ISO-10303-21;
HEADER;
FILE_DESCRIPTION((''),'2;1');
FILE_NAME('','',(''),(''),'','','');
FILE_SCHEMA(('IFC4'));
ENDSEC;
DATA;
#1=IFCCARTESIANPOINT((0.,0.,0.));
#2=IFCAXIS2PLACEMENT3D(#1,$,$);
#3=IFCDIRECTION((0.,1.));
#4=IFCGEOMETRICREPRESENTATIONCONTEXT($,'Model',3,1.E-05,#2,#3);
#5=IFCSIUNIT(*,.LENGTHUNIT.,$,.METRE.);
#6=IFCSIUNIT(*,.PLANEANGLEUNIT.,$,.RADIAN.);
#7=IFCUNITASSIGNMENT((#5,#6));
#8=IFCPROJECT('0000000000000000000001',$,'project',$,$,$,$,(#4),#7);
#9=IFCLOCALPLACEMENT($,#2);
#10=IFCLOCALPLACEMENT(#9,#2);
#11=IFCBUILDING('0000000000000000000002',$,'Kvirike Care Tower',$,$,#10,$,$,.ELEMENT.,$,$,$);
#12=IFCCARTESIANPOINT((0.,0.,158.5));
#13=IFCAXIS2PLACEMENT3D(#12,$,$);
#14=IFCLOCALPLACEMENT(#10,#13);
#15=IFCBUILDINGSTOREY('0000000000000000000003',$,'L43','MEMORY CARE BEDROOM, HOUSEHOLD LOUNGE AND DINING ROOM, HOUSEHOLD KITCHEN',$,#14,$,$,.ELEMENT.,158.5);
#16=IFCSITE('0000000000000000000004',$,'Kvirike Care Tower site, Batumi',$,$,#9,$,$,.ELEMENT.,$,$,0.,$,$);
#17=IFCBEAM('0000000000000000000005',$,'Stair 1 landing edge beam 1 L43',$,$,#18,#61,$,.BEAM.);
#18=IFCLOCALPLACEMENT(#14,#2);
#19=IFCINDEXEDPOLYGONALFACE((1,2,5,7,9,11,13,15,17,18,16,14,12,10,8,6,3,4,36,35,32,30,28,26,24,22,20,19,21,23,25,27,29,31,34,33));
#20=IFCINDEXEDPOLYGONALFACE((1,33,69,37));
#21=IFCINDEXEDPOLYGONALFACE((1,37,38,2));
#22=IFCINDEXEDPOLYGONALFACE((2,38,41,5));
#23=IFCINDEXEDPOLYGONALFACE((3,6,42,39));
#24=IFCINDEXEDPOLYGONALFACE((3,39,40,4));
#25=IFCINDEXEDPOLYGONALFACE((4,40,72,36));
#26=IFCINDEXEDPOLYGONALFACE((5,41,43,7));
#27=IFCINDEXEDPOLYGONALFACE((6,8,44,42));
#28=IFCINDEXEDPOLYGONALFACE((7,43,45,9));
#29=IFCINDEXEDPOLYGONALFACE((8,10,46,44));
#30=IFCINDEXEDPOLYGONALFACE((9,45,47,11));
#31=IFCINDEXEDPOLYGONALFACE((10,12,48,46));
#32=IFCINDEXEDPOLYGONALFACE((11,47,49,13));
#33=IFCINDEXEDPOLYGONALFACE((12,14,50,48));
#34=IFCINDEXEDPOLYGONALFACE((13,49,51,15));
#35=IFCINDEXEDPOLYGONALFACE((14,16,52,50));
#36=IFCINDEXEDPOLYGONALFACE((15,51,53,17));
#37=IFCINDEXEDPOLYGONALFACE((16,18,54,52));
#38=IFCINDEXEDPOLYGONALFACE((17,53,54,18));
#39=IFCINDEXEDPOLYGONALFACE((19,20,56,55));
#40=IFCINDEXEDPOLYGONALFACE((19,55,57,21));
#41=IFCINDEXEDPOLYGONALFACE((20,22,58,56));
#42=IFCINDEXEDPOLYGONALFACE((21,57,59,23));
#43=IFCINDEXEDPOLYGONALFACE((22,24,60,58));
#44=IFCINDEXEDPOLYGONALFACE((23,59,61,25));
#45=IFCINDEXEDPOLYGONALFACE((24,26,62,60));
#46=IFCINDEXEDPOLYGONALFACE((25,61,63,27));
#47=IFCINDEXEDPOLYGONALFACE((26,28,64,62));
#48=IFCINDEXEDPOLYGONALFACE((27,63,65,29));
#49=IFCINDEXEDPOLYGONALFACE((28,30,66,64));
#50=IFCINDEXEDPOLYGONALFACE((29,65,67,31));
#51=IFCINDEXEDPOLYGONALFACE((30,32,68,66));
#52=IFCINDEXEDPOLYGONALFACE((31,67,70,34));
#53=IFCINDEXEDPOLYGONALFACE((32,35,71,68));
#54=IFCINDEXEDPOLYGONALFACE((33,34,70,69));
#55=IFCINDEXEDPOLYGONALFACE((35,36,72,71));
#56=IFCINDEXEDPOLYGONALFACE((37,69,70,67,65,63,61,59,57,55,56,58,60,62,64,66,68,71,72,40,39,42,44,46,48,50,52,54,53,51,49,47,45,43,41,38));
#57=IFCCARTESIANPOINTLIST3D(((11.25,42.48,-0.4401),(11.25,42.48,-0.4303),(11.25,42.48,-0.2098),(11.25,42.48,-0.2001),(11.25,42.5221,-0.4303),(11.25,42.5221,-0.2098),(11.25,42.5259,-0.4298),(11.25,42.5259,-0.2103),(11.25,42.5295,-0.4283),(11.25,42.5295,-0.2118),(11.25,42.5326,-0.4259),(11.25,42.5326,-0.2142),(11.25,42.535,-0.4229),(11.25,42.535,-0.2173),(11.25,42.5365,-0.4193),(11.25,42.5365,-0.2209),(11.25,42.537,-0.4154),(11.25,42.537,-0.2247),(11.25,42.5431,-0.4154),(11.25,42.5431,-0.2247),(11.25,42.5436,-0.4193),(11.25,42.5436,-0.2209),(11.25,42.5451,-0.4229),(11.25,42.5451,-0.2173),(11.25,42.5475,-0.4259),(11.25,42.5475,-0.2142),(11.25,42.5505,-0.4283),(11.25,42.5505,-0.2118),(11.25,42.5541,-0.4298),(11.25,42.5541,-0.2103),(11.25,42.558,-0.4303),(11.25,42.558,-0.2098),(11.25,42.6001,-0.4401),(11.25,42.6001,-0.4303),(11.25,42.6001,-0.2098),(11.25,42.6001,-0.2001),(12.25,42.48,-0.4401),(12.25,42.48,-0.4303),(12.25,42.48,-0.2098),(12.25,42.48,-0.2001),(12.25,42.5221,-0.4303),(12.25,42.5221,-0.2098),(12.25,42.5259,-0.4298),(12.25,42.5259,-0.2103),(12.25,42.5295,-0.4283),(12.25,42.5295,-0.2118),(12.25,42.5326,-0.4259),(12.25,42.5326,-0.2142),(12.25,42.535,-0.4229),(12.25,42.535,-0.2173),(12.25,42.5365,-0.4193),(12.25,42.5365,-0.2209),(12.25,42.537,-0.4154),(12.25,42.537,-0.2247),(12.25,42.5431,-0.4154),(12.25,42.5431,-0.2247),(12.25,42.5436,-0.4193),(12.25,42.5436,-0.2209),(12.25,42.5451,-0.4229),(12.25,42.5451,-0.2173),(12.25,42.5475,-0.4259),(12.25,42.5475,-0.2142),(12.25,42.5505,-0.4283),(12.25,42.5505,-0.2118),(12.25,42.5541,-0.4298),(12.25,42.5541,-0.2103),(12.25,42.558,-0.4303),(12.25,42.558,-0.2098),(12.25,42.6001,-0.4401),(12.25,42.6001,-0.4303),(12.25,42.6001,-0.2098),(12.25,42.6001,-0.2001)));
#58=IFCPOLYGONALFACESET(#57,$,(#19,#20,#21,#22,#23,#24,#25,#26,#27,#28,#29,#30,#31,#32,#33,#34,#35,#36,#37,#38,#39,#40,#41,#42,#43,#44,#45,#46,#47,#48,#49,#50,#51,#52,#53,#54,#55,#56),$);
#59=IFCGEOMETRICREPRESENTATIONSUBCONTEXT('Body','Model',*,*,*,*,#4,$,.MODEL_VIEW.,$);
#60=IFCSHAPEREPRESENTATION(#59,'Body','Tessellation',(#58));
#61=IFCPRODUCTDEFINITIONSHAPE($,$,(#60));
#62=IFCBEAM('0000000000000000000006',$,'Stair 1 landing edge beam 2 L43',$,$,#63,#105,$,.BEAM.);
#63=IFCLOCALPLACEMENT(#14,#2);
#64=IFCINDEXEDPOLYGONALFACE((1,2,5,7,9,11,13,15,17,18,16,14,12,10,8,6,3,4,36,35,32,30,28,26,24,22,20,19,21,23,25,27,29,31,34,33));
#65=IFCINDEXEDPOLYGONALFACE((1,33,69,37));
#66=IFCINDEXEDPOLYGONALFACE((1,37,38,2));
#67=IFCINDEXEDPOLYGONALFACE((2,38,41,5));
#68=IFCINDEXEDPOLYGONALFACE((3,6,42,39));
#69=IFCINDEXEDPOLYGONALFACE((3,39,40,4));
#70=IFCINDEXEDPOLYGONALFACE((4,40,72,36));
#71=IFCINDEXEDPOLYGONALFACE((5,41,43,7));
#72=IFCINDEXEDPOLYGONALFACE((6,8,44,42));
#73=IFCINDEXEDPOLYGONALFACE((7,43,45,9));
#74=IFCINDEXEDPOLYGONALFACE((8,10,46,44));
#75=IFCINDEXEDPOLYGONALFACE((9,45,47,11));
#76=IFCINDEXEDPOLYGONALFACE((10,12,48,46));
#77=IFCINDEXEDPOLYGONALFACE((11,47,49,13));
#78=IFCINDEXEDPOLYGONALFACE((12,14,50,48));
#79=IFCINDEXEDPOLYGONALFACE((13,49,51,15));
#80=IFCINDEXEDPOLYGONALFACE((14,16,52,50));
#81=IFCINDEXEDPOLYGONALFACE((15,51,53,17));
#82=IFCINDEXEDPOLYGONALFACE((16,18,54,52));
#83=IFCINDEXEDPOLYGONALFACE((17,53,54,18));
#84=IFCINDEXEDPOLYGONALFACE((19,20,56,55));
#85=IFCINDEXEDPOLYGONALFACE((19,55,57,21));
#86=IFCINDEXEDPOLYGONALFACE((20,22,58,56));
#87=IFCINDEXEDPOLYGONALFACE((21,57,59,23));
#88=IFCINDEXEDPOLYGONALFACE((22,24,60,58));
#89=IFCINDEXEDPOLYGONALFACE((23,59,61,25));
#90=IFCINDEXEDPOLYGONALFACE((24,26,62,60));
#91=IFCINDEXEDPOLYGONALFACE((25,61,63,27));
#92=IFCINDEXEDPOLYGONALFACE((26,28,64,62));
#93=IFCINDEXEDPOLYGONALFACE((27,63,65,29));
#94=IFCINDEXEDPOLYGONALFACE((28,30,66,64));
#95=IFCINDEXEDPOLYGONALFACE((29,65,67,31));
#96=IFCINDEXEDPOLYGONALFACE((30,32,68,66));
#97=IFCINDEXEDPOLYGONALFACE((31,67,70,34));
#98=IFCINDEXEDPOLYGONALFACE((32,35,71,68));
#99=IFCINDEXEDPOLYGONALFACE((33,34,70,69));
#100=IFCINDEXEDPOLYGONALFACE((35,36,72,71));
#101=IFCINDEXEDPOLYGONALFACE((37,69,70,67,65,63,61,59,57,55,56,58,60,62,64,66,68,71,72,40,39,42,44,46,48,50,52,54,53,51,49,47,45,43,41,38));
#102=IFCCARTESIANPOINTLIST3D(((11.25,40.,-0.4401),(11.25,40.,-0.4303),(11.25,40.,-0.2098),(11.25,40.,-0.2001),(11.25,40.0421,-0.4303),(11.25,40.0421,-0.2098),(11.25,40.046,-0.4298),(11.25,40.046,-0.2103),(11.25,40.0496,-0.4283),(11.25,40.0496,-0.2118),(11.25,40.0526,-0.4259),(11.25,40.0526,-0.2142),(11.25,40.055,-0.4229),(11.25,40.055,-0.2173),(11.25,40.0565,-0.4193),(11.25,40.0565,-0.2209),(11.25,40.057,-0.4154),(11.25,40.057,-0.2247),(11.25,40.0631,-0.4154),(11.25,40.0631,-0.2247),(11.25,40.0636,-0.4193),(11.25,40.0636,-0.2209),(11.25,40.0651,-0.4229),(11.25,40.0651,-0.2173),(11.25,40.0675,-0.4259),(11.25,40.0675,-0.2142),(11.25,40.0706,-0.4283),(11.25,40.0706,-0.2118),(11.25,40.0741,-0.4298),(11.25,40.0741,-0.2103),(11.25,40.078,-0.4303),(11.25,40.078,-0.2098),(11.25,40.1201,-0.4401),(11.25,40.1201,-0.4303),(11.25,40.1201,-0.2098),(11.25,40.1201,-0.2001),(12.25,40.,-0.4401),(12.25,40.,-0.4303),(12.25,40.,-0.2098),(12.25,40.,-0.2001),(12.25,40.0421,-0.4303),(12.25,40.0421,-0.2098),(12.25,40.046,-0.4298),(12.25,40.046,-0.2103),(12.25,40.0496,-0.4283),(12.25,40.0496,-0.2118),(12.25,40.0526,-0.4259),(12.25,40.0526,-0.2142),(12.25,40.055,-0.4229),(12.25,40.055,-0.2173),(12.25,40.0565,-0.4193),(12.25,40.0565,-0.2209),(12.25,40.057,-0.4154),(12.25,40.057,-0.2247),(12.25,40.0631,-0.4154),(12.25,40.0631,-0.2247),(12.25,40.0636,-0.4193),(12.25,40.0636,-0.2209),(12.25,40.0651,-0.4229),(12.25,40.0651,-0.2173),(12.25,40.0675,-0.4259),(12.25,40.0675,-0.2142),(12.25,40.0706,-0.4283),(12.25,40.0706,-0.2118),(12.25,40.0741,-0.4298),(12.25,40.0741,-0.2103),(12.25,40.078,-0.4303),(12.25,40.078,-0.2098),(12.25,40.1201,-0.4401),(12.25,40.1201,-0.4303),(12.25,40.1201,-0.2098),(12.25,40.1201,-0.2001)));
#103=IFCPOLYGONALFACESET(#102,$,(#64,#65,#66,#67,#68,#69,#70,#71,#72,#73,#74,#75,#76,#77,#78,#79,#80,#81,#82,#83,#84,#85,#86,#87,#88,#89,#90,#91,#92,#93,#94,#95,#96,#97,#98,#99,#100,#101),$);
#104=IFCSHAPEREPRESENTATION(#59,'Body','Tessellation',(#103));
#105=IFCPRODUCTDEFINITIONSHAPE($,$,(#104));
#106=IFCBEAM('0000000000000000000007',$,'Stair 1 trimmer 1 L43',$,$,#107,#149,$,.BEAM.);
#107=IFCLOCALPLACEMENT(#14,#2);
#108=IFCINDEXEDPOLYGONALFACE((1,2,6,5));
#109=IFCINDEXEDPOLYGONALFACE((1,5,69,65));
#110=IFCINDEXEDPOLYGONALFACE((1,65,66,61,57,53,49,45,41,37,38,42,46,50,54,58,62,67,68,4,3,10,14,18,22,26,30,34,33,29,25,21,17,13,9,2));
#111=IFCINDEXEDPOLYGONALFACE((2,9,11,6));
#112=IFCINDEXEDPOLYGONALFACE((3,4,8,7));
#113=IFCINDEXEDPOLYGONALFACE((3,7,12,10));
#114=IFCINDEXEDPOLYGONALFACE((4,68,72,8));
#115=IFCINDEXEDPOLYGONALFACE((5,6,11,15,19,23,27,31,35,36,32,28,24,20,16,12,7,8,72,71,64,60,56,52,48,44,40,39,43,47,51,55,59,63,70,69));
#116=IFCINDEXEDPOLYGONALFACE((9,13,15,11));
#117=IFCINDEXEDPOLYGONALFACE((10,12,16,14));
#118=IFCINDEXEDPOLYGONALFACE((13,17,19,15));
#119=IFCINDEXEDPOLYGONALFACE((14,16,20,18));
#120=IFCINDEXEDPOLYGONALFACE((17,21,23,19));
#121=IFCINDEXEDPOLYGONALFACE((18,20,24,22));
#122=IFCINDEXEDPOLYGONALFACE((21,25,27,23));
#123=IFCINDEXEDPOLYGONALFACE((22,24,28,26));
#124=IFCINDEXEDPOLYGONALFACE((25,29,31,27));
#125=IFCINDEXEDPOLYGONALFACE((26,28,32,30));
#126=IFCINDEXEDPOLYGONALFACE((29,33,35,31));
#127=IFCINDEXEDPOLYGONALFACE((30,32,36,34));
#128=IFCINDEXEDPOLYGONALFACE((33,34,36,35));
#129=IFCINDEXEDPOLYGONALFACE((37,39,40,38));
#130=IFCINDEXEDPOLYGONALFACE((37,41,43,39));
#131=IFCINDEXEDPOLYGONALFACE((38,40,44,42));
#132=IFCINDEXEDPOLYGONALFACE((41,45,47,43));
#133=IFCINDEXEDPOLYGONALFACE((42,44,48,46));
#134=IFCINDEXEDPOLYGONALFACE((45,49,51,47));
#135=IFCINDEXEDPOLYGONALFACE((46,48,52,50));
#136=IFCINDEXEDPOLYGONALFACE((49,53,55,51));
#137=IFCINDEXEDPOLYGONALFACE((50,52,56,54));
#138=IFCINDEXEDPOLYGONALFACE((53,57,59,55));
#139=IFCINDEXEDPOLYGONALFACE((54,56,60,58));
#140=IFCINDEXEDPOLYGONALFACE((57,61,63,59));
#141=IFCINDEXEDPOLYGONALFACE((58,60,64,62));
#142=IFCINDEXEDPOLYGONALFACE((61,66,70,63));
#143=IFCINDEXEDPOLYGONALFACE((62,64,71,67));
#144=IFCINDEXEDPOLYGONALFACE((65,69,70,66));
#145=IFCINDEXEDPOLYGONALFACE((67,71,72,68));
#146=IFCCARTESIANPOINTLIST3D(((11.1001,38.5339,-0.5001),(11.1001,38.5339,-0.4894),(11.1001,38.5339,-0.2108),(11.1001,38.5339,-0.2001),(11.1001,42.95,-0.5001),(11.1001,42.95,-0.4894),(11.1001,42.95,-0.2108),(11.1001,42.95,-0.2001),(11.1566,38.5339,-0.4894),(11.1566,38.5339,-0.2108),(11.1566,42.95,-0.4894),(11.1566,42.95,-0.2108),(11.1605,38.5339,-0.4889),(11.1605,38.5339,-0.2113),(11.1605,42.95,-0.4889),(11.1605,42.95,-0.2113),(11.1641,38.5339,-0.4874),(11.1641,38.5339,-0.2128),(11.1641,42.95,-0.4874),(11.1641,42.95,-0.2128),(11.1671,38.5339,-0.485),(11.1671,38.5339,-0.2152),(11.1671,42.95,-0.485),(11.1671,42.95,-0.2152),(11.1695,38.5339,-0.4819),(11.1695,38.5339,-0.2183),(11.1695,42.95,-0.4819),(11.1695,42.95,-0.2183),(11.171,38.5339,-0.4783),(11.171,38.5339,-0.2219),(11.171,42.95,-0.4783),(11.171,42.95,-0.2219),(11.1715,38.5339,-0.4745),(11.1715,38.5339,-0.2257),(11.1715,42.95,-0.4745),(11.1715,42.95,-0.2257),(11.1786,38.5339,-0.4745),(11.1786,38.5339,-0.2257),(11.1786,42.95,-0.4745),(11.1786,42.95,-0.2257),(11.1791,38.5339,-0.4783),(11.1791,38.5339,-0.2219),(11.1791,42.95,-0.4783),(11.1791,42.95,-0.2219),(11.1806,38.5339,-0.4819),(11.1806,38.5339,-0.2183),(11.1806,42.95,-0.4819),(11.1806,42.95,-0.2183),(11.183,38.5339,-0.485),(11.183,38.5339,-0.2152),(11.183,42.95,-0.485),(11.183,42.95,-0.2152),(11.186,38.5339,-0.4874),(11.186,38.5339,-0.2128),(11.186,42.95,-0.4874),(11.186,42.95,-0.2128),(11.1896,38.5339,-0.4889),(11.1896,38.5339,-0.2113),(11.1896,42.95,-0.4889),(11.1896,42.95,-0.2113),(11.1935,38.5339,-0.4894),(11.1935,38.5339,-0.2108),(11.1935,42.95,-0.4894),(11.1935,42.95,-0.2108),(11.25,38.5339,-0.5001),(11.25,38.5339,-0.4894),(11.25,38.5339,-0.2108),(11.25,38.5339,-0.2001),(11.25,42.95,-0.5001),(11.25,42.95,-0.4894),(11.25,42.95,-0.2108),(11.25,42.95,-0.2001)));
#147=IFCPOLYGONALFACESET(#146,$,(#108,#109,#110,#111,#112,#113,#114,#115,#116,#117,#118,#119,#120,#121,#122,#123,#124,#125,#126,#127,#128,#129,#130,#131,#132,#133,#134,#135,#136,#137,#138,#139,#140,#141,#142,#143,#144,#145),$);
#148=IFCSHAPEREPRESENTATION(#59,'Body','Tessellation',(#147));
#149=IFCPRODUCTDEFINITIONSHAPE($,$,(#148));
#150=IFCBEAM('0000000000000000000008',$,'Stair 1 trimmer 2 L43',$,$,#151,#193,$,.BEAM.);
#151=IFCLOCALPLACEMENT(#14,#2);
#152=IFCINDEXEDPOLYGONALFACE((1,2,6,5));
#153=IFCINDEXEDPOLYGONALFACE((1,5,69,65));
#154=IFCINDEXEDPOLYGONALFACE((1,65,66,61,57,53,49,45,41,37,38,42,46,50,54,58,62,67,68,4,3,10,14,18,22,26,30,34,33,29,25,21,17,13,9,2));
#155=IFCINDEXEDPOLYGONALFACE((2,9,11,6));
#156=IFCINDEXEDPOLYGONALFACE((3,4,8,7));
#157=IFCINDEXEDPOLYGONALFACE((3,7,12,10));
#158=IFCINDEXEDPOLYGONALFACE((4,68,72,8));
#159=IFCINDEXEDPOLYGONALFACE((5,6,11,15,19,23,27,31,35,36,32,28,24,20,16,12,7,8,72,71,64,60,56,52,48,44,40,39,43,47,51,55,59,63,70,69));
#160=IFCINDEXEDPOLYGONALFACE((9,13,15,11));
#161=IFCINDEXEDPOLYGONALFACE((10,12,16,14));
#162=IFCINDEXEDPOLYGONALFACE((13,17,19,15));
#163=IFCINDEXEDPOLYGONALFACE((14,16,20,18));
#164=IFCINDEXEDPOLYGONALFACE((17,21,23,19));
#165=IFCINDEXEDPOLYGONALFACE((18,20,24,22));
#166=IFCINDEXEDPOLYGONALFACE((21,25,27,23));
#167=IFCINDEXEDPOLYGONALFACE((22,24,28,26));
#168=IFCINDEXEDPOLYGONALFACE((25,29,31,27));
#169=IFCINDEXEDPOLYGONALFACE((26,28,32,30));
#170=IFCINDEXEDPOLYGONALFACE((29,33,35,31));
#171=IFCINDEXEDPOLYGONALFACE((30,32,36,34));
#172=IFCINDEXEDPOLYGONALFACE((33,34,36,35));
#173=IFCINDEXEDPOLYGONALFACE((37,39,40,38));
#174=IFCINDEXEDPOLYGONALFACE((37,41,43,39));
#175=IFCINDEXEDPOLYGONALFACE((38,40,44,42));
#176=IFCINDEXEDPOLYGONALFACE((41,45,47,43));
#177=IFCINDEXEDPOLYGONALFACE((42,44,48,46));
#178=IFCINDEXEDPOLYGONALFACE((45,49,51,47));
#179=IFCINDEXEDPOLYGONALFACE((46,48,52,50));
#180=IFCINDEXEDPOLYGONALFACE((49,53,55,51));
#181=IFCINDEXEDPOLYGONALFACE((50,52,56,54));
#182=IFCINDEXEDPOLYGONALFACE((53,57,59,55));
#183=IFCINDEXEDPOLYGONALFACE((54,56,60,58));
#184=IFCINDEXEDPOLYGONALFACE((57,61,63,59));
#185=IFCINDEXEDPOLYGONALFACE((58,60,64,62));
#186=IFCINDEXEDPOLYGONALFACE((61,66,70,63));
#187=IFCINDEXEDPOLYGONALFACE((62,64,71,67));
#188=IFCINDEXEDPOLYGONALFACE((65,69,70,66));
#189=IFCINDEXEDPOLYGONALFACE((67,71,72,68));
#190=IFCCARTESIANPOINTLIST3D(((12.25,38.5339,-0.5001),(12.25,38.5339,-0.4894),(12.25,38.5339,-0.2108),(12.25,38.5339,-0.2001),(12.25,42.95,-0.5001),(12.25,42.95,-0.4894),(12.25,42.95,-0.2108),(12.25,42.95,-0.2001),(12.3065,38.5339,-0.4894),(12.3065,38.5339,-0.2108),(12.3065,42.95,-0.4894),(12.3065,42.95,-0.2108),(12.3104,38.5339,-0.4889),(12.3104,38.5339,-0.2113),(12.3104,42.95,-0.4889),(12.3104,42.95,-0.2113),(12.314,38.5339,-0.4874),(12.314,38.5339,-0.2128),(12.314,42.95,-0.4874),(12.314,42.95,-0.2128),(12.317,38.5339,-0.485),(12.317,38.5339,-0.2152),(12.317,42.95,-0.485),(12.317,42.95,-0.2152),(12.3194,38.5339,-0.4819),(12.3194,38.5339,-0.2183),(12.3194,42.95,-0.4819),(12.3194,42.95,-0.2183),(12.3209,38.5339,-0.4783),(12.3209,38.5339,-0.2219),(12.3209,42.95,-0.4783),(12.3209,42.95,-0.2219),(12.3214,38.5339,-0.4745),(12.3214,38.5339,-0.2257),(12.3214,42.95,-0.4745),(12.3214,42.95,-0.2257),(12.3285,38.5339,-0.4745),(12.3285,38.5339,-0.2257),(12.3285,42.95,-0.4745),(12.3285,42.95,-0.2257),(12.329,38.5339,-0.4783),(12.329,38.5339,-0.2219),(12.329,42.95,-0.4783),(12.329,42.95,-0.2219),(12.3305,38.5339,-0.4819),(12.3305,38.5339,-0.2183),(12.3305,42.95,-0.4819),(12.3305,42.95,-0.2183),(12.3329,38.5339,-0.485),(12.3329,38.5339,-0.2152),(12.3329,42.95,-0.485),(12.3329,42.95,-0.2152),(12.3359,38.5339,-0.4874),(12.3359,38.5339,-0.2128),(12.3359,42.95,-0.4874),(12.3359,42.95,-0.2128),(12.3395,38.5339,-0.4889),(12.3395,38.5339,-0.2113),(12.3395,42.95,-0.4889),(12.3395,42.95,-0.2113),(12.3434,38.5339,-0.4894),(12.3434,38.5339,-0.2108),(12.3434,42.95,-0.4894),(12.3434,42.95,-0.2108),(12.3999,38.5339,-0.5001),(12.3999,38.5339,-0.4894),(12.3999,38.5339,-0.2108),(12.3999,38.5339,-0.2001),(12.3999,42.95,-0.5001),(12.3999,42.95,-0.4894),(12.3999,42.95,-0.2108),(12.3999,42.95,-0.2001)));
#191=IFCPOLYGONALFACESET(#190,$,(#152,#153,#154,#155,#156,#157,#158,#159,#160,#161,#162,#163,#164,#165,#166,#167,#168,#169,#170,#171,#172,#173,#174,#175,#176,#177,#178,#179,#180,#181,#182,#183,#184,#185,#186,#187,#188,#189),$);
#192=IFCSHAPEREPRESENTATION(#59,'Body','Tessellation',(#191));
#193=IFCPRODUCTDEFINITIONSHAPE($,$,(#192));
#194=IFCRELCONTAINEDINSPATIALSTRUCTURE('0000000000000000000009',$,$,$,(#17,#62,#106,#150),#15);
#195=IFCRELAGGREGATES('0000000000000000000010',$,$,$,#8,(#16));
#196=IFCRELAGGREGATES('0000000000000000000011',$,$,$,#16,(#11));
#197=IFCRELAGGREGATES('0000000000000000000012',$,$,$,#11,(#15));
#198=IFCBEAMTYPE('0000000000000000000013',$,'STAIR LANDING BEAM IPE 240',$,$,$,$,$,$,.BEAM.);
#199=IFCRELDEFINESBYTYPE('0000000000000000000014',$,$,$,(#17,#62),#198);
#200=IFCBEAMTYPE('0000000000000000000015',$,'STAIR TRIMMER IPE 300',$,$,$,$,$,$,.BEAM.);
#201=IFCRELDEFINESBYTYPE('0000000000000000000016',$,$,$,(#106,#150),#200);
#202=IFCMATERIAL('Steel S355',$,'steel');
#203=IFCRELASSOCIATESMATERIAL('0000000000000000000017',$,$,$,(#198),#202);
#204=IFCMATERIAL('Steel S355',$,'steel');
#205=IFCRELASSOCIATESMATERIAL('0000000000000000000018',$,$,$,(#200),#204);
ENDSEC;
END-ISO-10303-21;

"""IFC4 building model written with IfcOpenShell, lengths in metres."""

from ifc_helpers import new_model, si_unit, direction, frame, origin, origin_2d, place, context, subcontext, project, spatial, i_section, extrude, material, material_profile, profile_set, type_object, element, save


model = new_model("IFC4")

# Units and contexts
model_context = context("Model", 3, precision=1e-05, world=origin(), true_north=direction((0.0, 1.0)))
body_context = subcontext(model_context, "Body", "Model", "MODEL_VIEW")
ifc_project = project(units=[si_unit("LENGTHUNIT", "METRE"), si_unit("PLANEANGLEUNIT", "RADIAN")], contexts=[model_context])

# Site, building, storey
site_placement = place(None, origin())
site = spatial("IfcSite", under=ifc_project, at=site_placement, Name="Kvirike Care Tower site, Batumi", CompositionType="ELEMENT", RefElevation=0.0)
building_placement = place(site_placement, origin())
building = spatial("IfcBuilding", under=site, at=building_placement, Name="Kvirike Care Tower", CompositionType="ELEMENT")
storey_placement = place(building_placement, frame((0.0, 0.0, 158.5)))
storey = spatial("IfcBuildingStorey", under=building, at=storey_placement, Name="L43", Description="MEMORY CARE BEDROOM, HOUSEHOLD LOUNGE AND DINING ROOM, HOUSEHOLD KITCHEN", CompositionType="ELEMENT", Elevation=158.5)

# Beams
ifc_material_1 = material(Name="Steel S355", Category="steel")
ifc_material_profile_1 = material_profile(ifc_material_1, i_section(OverallWidth=0.1201, OverallDepth=0.24, WebThickness=0.0061, FlangeThickness=0.0098, FilletRadius=0.0149, at=origin_2d()), Name="IPE 240")
ifc_profile_set_1 = profile_set([ifc_material_profile_1], Name="Steel S355")
beam_type_1 = type_object("IfcBeamType", Name="STAIR LANDING BEAM IPE 240", PredefinedType="BEAM", material=ifc_profile_set_1)
for number, where, z_axis, x_axis, name in (
    (1, (11.25, 42.54, -0.3201), (1.0, 0.0, 0.0), (0.0, 1.0, 0.0), "Stair 1 landing edge beam 1 L43"),
    (2, (11.25, 40.0601, -0.3201), (1.0, 0.0, 0.0), (0.0, 1.0, 0.0), "Stair 1 landing edge beam 2 L43"),
):
    element("IfcBeam", number, at=place(storey_placement, frame(where, z_axis=z_axis, x_axis=x_axis)), inside=storey, type_object=beam_type_1, Name=name, PredefinedType="BEAM", context=body_context, shape_type="SweptSolid", body=[
        extrude(i_section(OverallWidth=0.1201, OverallDepth=0.24, WebThickness=0.0061, FlangeThickness=0.0098, FilletRadius=0.0149, at=origin_2d()), origin(), (0.0, 0.0, 1.0), 1.0),
    ])
ifc_material_2 = material(Name="Steel S355", Category="steel")
ifc_material_profile_2 = material_profile(ifc_material_2, i_section(OverallWidth=0.1499, OverallDepth=0.3, WebThickness=0.0071, FlangeThickness=0.0107, FilletRadius=0.0149, at=origin_2d()), Name="IPE 300")
ifc_profile_set_2 = profile_set([ifc_material_profile_2], Name="Steel S355")
beam_type_2 = type_object("IfcBeamType", Name="STAIR TRIMMER IPE 300", PredefinedType="BEAM", material=ifc_profile_set_2)
for number, where, z_axis, x_axis, name in (
    (3, (11.175, 42.95, -0.3501), (0.0, -1.0, 0.0), (1.0, 0.0, 0.0), "Stair 1 trimmer 1 L43"),
    (4, (12.325, 42.95, -0.3501), (0.0, -1.0, 0.0), (1.0, 0.0, 0.0), "Stair 1 trimmer 2 L43"),
):
    element("IfcBeam", number, at=place(storey_placement, frame(where, z_axis=z_axis, x_axis=x_axis)), inside=storey, type_object=beam_type_2, Name=name, PredefinedType="BEAM", context=body_context, shape_type="SweptSolid", body=[
        extrude(i_section(OverallWidth=0.1499, OverallDepth=0.3, WebThickness=0.0071, FlangeThickness=0.0107, FilletRadius=0.0149, at=origin_2d()), origin(), (0.0, 0.0, 1.0), 4.416),
    ])

save(model, "model.ifc")
